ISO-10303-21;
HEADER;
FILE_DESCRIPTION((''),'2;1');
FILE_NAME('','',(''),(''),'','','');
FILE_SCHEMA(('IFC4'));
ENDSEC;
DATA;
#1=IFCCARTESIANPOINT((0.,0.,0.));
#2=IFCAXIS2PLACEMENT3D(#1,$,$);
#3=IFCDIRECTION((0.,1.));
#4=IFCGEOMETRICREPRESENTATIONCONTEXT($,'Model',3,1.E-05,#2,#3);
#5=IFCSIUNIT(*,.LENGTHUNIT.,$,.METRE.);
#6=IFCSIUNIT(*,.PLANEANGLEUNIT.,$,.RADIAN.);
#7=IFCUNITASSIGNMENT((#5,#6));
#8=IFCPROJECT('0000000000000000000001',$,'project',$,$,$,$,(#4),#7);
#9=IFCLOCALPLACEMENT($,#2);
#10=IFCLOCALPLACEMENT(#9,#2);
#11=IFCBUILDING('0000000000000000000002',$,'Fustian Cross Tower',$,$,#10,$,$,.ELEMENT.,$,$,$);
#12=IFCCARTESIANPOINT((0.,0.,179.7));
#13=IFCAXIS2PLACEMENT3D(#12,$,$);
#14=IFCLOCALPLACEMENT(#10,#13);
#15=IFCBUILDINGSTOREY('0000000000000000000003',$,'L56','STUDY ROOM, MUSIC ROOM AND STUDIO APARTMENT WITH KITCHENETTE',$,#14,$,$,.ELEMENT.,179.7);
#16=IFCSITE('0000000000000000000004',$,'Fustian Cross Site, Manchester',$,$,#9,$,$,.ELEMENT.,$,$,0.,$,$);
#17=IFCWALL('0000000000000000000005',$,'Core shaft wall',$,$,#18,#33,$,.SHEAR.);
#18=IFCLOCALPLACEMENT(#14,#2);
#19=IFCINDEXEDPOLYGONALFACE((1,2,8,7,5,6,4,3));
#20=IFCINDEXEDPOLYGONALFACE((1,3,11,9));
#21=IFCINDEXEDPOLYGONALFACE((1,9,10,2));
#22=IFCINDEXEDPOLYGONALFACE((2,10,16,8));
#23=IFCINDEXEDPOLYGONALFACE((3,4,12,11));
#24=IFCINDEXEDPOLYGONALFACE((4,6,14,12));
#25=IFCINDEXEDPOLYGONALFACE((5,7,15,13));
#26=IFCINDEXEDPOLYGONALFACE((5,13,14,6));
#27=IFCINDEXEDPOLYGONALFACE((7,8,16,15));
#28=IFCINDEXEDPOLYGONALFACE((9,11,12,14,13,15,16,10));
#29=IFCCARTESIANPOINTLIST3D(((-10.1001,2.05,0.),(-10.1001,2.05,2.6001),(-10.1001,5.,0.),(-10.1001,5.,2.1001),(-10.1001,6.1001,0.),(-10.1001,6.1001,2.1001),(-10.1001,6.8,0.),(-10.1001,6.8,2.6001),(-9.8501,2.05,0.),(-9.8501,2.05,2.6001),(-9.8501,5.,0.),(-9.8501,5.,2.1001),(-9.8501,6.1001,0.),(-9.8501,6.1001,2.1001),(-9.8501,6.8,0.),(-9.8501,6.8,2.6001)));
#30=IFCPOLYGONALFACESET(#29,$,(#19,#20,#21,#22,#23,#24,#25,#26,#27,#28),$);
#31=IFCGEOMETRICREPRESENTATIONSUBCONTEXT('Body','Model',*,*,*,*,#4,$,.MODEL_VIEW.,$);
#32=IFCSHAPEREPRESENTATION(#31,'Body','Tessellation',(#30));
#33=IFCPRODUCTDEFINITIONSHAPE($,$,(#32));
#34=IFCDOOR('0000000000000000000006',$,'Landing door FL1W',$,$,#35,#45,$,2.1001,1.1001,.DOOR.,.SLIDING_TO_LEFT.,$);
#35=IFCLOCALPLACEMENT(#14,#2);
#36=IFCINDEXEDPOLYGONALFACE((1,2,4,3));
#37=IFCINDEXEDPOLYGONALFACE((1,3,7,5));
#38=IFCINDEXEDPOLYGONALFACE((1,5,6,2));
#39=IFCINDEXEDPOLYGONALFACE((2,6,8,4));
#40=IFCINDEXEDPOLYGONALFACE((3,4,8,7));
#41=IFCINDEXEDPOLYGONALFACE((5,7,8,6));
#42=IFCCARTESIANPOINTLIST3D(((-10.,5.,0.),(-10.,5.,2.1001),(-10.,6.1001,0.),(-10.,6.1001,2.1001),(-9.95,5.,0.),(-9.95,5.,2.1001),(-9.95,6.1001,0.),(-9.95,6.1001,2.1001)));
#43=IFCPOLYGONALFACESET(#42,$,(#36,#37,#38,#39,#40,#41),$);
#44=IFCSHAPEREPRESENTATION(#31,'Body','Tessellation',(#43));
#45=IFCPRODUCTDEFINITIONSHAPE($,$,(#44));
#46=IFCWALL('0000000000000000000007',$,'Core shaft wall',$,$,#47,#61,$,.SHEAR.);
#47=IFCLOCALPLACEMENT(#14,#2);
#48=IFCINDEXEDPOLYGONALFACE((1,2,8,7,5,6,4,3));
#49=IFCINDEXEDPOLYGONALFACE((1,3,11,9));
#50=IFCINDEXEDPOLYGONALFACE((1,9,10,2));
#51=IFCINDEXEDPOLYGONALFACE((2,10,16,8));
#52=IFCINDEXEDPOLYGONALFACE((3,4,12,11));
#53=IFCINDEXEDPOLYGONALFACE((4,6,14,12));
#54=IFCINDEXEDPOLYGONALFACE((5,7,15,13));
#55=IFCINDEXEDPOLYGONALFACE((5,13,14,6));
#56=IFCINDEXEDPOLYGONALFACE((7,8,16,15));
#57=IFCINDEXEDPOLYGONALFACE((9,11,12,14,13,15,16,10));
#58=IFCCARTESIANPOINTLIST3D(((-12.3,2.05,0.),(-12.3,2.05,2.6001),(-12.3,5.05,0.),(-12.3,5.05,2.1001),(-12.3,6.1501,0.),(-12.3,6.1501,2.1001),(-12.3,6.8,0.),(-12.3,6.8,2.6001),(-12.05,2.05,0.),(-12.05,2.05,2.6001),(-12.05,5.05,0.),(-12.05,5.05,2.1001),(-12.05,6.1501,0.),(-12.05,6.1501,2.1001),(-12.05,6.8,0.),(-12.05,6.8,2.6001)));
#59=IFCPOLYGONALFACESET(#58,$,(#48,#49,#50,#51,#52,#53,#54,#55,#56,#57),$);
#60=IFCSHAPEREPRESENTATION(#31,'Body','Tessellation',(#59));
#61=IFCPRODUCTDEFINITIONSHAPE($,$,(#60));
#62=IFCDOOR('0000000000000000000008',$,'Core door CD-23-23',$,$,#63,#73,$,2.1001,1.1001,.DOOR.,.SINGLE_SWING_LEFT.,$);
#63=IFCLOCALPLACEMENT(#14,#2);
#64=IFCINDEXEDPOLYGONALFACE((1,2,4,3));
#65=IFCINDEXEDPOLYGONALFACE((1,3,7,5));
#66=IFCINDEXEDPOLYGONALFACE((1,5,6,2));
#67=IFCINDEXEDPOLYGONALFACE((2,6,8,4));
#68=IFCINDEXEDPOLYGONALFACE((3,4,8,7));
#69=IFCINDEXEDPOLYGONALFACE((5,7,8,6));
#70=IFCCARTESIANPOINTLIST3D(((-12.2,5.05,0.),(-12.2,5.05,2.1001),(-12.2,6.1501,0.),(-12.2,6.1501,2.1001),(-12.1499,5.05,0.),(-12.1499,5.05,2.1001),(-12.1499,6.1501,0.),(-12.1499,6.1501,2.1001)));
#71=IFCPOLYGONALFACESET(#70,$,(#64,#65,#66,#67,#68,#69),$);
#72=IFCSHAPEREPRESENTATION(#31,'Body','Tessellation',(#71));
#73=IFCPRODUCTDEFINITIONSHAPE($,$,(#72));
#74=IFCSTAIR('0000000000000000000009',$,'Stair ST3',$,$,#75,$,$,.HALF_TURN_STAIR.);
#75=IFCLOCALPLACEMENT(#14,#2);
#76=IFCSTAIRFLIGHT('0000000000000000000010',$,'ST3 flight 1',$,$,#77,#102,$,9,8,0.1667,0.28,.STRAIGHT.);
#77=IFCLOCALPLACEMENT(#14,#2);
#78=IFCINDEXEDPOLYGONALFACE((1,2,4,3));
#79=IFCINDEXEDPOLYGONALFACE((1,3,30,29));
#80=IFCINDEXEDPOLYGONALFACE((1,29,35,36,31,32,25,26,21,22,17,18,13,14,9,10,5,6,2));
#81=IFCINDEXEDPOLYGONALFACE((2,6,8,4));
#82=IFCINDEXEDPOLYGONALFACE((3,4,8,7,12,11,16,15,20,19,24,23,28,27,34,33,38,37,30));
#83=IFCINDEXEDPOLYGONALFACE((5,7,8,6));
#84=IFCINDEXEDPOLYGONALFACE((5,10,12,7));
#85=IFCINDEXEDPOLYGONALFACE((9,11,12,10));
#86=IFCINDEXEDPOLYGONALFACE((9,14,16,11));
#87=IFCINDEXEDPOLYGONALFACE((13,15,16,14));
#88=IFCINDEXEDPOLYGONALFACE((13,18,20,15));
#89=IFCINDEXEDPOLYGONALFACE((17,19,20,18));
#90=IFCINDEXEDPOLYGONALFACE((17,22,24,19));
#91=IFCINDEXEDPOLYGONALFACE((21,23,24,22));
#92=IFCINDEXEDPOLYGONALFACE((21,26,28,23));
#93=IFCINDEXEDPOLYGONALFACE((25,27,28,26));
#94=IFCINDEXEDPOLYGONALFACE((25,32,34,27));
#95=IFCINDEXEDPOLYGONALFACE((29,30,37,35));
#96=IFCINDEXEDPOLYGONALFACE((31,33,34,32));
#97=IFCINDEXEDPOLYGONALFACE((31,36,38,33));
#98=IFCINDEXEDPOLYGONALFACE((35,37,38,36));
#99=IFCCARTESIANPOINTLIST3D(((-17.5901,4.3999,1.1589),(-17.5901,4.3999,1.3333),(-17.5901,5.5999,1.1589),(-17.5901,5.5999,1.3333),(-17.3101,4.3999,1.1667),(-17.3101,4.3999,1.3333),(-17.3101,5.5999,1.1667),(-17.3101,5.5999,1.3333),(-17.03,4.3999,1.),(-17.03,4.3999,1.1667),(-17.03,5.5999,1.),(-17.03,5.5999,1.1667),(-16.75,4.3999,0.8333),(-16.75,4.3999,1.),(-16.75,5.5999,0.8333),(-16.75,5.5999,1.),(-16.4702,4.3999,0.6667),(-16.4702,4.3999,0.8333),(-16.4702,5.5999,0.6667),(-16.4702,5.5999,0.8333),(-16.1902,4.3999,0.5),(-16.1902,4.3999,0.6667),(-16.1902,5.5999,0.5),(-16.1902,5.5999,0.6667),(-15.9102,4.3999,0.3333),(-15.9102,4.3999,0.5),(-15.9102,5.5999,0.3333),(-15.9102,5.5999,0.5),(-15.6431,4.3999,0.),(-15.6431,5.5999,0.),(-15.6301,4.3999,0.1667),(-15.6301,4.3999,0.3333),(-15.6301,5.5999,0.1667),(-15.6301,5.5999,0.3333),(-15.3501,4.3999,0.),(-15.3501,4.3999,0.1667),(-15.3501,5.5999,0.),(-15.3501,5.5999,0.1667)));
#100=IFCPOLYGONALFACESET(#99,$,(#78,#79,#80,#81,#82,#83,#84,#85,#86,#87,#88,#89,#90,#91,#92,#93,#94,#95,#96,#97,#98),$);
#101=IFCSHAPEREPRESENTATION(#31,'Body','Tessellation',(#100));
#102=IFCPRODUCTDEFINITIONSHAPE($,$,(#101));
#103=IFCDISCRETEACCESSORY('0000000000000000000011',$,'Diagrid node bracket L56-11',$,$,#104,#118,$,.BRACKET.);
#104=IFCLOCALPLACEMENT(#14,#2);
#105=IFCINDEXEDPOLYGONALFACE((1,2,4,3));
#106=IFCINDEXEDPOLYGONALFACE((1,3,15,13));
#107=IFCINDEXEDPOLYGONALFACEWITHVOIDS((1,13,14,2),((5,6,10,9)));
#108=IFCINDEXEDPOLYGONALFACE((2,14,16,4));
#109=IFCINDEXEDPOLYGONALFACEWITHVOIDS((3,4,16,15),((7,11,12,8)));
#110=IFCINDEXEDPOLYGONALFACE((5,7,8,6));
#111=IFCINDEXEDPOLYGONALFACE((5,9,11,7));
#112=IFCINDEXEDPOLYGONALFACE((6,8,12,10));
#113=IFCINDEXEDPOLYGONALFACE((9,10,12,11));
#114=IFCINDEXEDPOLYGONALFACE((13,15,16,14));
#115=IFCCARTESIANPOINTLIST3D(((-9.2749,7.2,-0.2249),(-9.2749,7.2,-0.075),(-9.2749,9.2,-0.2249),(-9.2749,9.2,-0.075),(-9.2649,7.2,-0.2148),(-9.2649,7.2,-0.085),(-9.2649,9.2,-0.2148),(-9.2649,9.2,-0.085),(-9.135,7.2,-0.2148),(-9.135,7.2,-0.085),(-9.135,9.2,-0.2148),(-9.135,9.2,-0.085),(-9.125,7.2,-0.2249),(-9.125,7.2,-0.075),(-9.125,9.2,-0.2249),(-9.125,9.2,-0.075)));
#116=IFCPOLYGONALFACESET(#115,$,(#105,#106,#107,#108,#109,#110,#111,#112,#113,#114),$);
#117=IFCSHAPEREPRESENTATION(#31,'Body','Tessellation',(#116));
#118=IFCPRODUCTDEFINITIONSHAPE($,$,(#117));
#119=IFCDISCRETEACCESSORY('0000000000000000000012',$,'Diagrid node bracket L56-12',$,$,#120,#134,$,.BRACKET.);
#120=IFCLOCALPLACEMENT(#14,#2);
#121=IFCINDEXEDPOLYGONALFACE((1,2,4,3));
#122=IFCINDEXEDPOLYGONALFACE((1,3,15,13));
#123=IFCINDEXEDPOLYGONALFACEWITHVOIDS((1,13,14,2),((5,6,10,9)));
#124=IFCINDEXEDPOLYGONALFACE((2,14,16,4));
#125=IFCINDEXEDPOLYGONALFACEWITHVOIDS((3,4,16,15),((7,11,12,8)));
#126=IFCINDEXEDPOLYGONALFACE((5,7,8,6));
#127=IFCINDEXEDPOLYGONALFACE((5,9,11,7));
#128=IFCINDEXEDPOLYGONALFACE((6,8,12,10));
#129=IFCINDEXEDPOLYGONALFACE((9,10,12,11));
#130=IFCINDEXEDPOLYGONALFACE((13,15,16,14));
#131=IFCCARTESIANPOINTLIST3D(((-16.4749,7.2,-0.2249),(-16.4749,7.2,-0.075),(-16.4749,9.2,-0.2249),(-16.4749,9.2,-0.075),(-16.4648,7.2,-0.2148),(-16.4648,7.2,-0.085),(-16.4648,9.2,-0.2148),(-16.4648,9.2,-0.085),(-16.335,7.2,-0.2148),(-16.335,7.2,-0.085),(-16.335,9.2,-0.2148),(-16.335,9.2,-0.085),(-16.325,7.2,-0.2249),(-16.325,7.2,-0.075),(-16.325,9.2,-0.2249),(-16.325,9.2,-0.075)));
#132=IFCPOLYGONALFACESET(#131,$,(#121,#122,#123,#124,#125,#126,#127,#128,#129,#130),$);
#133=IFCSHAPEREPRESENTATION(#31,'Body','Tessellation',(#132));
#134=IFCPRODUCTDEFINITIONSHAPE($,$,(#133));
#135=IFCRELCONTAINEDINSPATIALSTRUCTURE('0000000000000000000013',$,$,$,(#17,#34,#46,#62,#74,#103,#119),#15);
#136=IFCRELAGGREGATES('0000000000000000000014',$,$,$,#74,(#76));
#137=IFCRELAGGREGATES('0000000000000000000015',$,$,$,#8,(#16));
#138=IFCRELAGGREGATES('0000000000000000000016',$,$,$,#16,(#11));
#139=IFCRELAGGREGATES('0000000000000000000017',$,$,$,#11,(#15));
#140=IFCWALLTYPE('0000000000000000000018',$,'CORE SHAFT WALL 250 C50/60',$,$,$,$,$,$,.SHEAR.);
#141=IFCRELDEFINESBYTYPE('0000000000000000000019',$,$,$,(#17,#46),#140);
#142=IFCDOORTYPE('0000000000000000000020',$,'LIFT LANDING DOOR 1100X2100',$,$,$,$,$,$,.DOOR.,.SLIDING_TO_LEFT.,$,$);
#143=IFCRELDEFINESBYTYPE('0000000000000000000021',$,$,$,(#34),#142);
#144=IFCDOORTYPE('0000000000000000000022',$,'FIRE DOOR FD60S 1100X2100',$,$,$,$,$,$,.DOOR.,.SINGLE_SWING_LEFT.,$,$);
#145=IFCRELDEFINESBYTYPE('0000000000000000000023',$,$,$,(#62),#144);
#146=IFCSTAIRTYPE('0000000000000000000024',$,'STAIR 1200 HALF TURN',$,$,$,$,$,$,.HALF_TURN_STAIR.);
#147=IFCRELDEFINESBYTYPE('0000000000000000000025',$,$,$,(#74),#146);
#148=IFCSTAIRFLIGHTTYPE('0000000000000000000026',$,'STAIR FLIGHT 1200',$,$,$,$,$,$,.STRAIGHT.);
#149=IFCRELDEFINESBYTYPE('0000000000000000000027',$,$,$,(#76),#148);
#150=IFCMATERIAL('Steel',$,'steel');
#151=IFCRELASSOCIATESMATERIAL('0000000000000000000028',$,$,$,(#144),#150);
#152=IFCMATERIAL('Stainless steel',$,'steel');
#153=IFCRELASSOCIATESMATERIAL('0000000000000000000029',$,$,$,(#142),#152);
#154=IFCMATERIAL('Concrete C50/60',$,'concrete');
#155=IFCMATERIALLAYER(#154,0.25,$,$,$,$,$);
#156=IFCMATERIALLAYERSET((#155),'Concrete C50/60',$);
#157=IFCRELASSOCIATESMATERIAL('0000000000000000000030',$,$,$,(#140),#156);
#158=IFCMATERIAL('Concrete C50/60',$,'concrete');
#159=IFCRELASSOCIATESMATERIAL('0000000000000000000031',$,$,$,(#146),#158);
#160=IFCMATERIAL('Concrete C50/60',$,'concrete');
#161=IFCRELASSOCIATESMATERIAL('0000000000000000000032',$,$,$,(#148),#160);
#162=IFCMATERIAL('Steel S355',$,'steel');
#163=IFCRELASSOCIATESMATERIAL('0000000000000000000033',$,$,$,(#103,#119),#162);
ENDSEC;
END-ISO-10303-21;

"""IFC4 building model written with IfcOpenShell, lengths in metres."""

from ifc_helpers import new_model, si_unit, direction, frame, frame_2d, origin, origin_2d, place, context, subcontext, project, spatial, polyline, rectangle, hollow_rectangle, outline, extrude, material, layer, layer_set, type_object, element, fill, aggregate, save


model = new_model("IFC4")

# Units and contexts
model_context = context("Model", 3, precision=1e-05, world=origin(), true_north=direction((0.0, 1.0)))
body_context = subcontext(model_context, "Body", "Model", "MODEL_VIEW")
ifc_project = project(units=[si_unit("LENGTHUNIT", "METRE"), si_unit("PLANEANGLEUNIT", "RADIAN")], contexts=[model_context])

# Site, building, storey
site_placement = place(None, origin())
site = spatial("IfcSite", under=ifc_project, at=site_placement, Name="Fustian Cross Site, Manchester", CompositionType="ELEMENT", RefElevation=0.0)
building_placement = place(site_placement, origin())
building = spatial("IfcBuilding", under=site, at=building_placement, Name="Fustian Cross Tower", CompositionType="ELEMENT")
storey_placement = place(building_placement, frame((0.0, 0.0, 179.7)))
storey = spatial("IfcBuildingStorey", under=building, at=storey_placement, Name="L56", Description="STUDY ROOM, MUSIC ROOM AND STUDIO APARTMENT WITH KITCHENETTE", CompositionType="ELEMENT", Elevation=179.7)

# Shared definitions
ifc_material_1 = material(Name="Steel", Category="steel")
door_type_1 = type_object("IfcDoorType", Name="FIRE DOOR FD60S 1100X2100", OperationType="SINGLE_SWING_LEFT", PredefinedType="DOOR", material=ifc_material_1)
ifc_material_2 = material(Name="Stainless steel", Category="steel")
door_type_2 = type_object("IfcDoorType", Name="LIFT LANDING DOOR 1100X2100", OperationType="SLIDING_TO_LEFT", PredefinedType="DOOR", material=ifc_material_2)

# Shared definitions
ifc_material_3 = material(Name="Concrete C50/60", Category="concrete")
ifc_layer_1 = layer(ifc_material_3, 0.25)
ifc_layer_set_1 = layer_set([ifc_layer_1], Name="Concrete C50/60")
wall_type_1 = type_object("IfcWallType", Name="CORE SHAFT WALL 250 C50/60", PredefinedType="SHEAR", material=ifc_layer_set_1)

# Walls, openings, doors
wall_1_placement = place(storey_placement, frame((-9.9751, 2.05, 0.0), z_axis=(0.0, 0.0, 1.0), x_axis=(0.0, 1.0, 0.0)))
wall_1 = element("IfcWall", 1, at=wall_1_placement, inside=storey, type_object=wall_type_1, Name="Core shaft wall", PredefinedType="SHEAR", context=body_context, shape_type="SweptSolid", body=[
    extrude(rectangle(XDim=4.75, YDim=0.25, at=frame_2d((2.375, 0.0))), origin(), (0.0, 0.0, 1.0), 2.6001),
])
opening_1_placement = place(wall_1_placement, frame((2.95, 0.0, 0.0)))
opening_1 = element("IfcOpeningElement", 2, at=opening_1_placement, cuts=wall_1, PredefinedType="OPENING", context=body_context, shape_type="SweptSolid", body=[
    extrude(rectangle(XDim=1.1001, YDim=2.1001, at=frame_2d((0.55, 1.05))), frame((0.0, 0.135, 0.0), z_axis=(0.0, -1.0, 0.0), x_axis=(1.0, 0.0, 0.0)), (0.0, 0.0, 1.0), 0.27),
])
door_1_placement = place(opening_1_placement, origin())
door_1 = element("IfcDoor", 3, at=door_1_placement, inside=storey, type_object=door_type_2, Name="Landing door FL1W", OperationType="SLIDING_TO_LEFT", OverallHeight=2.1001, OverallWidth=1.1001, PredefinedType="DOOR", context=body_context, shape_type="SweptSolid", body=[
    extrude(rectangle(XDim=1.1001, YDim=2.1001, at=frame_2d((0.55, 1.05))), frame((0.0, 0.0249, 0.0), z_axis=(0.0, -1.0, 0.0), x_axis=(1.0, 0.0, 0.0)), (0.0, 0.0, 1.0), 0.05),
])
fill(opening_1, door_1)
wall_2_placement = place(storey_placement, frame((-12.175, 2.05, 0.0), z_axis=(0.0, 0.0, 1.0), x_axis=(0.0, 1.0, 0.0)))
wall_2 = element("IfcWall", 4, at=wall_2_placement, inside=storey, type_object=wall_type_1, Name="Core shaft wall", PredefinedType="SHEAR", context=body_context, shape_type="SweptSolid", body=[
    extrude(rectangle(XDim=4.75, YDim=0.25, at=frame_2d((2.375, 0.0))), origin(), (0.0, 0.0, 1.0), 2.6001),
])
opening_2_placement = place(wall_2_placement, frame((3.0, 0.0, 0.0)))
opening_2 = element("IfcOpeningElement", 5, at=opening_2_placement, cuts=wall_2, PredefinedType="OPENING", context=body_context, shape_type="SweptSolid", body=[
    extrude(rectangle(XDim=1.1001, YDim=2.1001, at=frame_2d((0.55, 1.05))), frame((0.0, 0.135, 0.0), z_axis=(0.0, -1.0, 0.0), x_axis=(1.0, 0.0, 0.0)), (0.0, 0.0, 1.0), 0.27),
])
door_2_placement = place(opening_2_placement, origin())
door_2 = element("IfcDoor", 6, at=door_2_placement, inside=storey, type_object=door_type_1, Name="Core door CD-23-23", OperationType="SINGLE_SWING_LEFT", OverallHeight=2.1001, OverallWidth=1.1001, PredefinedType="DOOR", context=body_context, shape_type="SweptSolid", body=[
    extrude(rectangle(XDim=1.1001, YDim=2.1001, at=frame_2d((0.55, 1.05))), frame((0.0, 0.0249, 0.0), z_axis=(0.0, -1.0, 0.0), x_axis=(1.0, 0.0, 0.0)), (0.0, 0.0, 1.0), 0.05),
])
fill(opening_2, door_2)

# Stair, stair flight
ifc_material_4 = material(Name="Concrete C50/60", Category="concrete")
stair_type = type_object("IfcStairType", Name="STAIR 1200 HALF TURN", PredefinedType="HALF_TURN_STAIR", material=ifc_material_4)
stair_placement = place(storey_placement, origin())
stair = element("IfcStair", 7, at=stair_placement, inside=storey, type_object=stair_type, Name="Stair ST3", PredefinedType="HALF_TURN_STAIR")
ifc_material_5 = material(Name="Concrete C50/60", Category="concrete")
stair_flight_type = type_object("IfcStairFlightType", Name="STAIR FLIGHT 1200", PredefinedType="STRAIGHT", material=ifc_material_5)
stair_flight_placement = place(storey_placement, frame((-15.3501, 5.0, 0.0), z_axis=(0.0, 0.0, 1.0), x_axis=(-1.0, 0.0, 0.0)))
stair_flight = element("IfcStairFlight", 8, at=stair_flight_placement, type_object=stair_flight_type, Name="ST3 flight 1", NumberOfRisers=9, NumberOfTreads=8, PredefinedType="STRAIGHT", RiserHeight=0.1667, TreadLength=0.28, context=body_context, shape_type="SweptSolid", body=[
    extrude(outline(polyline([(0.0, 0.0), (0.0, 0.1667), (0.28, 0.1667), (0.28, 0.3333), (0.5601, 0.3333), (0.5601, 0.5), (0.8401, 0.5), (0.8401, 0.6667), (1.1201, 0.6667), (1.1201, 0.8333), (1.3999, 0.8333), (1.3999, 1.0), (1.6799, 1.0), (1.6799, 1.1667), (1.96, 1.1667), (1.96, 1.3333), (2.24, 1.3333), (2.24, 1.5), (2.24, 1.1589), (0.293, 0.0), (0.0, 0.0)])), frame((0.0, 0.6001, 0.0), z_axis=(0.0, -1.0, 0.0), x_axis=(1.0, 0.0, 0.0)), (0.0, 0.0, 1.0), 1.2),
])
aggregate(stair, [stair_flight])

# Discrete accessories
ifc_material_6 = material(Name="Steel S355", Category="steel")
for number, where, z_axis, x_axis, name in (
    (9, (-9.2, 9.2, -0.1499), (0.0, -1.0, 0.0), (1.0, 0.0, 0.0), "Diagrid node bracket L56-11"),
    (10, (-16.3999, 9.2, -0.1499), (0.0, -1.0, 0.0), (1.0, 0.0, 0.0), "Diagrid node bracket L56-12"),
):
    element("IfcDiscreteAccessory", number, at=place(storey_placement, frame(where, z_axis=z_axis, x_axis=x_axis)), inside=storey, material=ifc_material_6, Name=name, PredefinedType="BRACKET", context=body_context, shape_type="SweptSolid", body=[
        extrude(hollow_rectangle(XDim=0.1499, YDim=0.1499, WallThickness=0.01, at=origin_2d()), origin(), (0.0, 0.0, 1.0), 2.0),
    ])

save(model, "model.ifc")
